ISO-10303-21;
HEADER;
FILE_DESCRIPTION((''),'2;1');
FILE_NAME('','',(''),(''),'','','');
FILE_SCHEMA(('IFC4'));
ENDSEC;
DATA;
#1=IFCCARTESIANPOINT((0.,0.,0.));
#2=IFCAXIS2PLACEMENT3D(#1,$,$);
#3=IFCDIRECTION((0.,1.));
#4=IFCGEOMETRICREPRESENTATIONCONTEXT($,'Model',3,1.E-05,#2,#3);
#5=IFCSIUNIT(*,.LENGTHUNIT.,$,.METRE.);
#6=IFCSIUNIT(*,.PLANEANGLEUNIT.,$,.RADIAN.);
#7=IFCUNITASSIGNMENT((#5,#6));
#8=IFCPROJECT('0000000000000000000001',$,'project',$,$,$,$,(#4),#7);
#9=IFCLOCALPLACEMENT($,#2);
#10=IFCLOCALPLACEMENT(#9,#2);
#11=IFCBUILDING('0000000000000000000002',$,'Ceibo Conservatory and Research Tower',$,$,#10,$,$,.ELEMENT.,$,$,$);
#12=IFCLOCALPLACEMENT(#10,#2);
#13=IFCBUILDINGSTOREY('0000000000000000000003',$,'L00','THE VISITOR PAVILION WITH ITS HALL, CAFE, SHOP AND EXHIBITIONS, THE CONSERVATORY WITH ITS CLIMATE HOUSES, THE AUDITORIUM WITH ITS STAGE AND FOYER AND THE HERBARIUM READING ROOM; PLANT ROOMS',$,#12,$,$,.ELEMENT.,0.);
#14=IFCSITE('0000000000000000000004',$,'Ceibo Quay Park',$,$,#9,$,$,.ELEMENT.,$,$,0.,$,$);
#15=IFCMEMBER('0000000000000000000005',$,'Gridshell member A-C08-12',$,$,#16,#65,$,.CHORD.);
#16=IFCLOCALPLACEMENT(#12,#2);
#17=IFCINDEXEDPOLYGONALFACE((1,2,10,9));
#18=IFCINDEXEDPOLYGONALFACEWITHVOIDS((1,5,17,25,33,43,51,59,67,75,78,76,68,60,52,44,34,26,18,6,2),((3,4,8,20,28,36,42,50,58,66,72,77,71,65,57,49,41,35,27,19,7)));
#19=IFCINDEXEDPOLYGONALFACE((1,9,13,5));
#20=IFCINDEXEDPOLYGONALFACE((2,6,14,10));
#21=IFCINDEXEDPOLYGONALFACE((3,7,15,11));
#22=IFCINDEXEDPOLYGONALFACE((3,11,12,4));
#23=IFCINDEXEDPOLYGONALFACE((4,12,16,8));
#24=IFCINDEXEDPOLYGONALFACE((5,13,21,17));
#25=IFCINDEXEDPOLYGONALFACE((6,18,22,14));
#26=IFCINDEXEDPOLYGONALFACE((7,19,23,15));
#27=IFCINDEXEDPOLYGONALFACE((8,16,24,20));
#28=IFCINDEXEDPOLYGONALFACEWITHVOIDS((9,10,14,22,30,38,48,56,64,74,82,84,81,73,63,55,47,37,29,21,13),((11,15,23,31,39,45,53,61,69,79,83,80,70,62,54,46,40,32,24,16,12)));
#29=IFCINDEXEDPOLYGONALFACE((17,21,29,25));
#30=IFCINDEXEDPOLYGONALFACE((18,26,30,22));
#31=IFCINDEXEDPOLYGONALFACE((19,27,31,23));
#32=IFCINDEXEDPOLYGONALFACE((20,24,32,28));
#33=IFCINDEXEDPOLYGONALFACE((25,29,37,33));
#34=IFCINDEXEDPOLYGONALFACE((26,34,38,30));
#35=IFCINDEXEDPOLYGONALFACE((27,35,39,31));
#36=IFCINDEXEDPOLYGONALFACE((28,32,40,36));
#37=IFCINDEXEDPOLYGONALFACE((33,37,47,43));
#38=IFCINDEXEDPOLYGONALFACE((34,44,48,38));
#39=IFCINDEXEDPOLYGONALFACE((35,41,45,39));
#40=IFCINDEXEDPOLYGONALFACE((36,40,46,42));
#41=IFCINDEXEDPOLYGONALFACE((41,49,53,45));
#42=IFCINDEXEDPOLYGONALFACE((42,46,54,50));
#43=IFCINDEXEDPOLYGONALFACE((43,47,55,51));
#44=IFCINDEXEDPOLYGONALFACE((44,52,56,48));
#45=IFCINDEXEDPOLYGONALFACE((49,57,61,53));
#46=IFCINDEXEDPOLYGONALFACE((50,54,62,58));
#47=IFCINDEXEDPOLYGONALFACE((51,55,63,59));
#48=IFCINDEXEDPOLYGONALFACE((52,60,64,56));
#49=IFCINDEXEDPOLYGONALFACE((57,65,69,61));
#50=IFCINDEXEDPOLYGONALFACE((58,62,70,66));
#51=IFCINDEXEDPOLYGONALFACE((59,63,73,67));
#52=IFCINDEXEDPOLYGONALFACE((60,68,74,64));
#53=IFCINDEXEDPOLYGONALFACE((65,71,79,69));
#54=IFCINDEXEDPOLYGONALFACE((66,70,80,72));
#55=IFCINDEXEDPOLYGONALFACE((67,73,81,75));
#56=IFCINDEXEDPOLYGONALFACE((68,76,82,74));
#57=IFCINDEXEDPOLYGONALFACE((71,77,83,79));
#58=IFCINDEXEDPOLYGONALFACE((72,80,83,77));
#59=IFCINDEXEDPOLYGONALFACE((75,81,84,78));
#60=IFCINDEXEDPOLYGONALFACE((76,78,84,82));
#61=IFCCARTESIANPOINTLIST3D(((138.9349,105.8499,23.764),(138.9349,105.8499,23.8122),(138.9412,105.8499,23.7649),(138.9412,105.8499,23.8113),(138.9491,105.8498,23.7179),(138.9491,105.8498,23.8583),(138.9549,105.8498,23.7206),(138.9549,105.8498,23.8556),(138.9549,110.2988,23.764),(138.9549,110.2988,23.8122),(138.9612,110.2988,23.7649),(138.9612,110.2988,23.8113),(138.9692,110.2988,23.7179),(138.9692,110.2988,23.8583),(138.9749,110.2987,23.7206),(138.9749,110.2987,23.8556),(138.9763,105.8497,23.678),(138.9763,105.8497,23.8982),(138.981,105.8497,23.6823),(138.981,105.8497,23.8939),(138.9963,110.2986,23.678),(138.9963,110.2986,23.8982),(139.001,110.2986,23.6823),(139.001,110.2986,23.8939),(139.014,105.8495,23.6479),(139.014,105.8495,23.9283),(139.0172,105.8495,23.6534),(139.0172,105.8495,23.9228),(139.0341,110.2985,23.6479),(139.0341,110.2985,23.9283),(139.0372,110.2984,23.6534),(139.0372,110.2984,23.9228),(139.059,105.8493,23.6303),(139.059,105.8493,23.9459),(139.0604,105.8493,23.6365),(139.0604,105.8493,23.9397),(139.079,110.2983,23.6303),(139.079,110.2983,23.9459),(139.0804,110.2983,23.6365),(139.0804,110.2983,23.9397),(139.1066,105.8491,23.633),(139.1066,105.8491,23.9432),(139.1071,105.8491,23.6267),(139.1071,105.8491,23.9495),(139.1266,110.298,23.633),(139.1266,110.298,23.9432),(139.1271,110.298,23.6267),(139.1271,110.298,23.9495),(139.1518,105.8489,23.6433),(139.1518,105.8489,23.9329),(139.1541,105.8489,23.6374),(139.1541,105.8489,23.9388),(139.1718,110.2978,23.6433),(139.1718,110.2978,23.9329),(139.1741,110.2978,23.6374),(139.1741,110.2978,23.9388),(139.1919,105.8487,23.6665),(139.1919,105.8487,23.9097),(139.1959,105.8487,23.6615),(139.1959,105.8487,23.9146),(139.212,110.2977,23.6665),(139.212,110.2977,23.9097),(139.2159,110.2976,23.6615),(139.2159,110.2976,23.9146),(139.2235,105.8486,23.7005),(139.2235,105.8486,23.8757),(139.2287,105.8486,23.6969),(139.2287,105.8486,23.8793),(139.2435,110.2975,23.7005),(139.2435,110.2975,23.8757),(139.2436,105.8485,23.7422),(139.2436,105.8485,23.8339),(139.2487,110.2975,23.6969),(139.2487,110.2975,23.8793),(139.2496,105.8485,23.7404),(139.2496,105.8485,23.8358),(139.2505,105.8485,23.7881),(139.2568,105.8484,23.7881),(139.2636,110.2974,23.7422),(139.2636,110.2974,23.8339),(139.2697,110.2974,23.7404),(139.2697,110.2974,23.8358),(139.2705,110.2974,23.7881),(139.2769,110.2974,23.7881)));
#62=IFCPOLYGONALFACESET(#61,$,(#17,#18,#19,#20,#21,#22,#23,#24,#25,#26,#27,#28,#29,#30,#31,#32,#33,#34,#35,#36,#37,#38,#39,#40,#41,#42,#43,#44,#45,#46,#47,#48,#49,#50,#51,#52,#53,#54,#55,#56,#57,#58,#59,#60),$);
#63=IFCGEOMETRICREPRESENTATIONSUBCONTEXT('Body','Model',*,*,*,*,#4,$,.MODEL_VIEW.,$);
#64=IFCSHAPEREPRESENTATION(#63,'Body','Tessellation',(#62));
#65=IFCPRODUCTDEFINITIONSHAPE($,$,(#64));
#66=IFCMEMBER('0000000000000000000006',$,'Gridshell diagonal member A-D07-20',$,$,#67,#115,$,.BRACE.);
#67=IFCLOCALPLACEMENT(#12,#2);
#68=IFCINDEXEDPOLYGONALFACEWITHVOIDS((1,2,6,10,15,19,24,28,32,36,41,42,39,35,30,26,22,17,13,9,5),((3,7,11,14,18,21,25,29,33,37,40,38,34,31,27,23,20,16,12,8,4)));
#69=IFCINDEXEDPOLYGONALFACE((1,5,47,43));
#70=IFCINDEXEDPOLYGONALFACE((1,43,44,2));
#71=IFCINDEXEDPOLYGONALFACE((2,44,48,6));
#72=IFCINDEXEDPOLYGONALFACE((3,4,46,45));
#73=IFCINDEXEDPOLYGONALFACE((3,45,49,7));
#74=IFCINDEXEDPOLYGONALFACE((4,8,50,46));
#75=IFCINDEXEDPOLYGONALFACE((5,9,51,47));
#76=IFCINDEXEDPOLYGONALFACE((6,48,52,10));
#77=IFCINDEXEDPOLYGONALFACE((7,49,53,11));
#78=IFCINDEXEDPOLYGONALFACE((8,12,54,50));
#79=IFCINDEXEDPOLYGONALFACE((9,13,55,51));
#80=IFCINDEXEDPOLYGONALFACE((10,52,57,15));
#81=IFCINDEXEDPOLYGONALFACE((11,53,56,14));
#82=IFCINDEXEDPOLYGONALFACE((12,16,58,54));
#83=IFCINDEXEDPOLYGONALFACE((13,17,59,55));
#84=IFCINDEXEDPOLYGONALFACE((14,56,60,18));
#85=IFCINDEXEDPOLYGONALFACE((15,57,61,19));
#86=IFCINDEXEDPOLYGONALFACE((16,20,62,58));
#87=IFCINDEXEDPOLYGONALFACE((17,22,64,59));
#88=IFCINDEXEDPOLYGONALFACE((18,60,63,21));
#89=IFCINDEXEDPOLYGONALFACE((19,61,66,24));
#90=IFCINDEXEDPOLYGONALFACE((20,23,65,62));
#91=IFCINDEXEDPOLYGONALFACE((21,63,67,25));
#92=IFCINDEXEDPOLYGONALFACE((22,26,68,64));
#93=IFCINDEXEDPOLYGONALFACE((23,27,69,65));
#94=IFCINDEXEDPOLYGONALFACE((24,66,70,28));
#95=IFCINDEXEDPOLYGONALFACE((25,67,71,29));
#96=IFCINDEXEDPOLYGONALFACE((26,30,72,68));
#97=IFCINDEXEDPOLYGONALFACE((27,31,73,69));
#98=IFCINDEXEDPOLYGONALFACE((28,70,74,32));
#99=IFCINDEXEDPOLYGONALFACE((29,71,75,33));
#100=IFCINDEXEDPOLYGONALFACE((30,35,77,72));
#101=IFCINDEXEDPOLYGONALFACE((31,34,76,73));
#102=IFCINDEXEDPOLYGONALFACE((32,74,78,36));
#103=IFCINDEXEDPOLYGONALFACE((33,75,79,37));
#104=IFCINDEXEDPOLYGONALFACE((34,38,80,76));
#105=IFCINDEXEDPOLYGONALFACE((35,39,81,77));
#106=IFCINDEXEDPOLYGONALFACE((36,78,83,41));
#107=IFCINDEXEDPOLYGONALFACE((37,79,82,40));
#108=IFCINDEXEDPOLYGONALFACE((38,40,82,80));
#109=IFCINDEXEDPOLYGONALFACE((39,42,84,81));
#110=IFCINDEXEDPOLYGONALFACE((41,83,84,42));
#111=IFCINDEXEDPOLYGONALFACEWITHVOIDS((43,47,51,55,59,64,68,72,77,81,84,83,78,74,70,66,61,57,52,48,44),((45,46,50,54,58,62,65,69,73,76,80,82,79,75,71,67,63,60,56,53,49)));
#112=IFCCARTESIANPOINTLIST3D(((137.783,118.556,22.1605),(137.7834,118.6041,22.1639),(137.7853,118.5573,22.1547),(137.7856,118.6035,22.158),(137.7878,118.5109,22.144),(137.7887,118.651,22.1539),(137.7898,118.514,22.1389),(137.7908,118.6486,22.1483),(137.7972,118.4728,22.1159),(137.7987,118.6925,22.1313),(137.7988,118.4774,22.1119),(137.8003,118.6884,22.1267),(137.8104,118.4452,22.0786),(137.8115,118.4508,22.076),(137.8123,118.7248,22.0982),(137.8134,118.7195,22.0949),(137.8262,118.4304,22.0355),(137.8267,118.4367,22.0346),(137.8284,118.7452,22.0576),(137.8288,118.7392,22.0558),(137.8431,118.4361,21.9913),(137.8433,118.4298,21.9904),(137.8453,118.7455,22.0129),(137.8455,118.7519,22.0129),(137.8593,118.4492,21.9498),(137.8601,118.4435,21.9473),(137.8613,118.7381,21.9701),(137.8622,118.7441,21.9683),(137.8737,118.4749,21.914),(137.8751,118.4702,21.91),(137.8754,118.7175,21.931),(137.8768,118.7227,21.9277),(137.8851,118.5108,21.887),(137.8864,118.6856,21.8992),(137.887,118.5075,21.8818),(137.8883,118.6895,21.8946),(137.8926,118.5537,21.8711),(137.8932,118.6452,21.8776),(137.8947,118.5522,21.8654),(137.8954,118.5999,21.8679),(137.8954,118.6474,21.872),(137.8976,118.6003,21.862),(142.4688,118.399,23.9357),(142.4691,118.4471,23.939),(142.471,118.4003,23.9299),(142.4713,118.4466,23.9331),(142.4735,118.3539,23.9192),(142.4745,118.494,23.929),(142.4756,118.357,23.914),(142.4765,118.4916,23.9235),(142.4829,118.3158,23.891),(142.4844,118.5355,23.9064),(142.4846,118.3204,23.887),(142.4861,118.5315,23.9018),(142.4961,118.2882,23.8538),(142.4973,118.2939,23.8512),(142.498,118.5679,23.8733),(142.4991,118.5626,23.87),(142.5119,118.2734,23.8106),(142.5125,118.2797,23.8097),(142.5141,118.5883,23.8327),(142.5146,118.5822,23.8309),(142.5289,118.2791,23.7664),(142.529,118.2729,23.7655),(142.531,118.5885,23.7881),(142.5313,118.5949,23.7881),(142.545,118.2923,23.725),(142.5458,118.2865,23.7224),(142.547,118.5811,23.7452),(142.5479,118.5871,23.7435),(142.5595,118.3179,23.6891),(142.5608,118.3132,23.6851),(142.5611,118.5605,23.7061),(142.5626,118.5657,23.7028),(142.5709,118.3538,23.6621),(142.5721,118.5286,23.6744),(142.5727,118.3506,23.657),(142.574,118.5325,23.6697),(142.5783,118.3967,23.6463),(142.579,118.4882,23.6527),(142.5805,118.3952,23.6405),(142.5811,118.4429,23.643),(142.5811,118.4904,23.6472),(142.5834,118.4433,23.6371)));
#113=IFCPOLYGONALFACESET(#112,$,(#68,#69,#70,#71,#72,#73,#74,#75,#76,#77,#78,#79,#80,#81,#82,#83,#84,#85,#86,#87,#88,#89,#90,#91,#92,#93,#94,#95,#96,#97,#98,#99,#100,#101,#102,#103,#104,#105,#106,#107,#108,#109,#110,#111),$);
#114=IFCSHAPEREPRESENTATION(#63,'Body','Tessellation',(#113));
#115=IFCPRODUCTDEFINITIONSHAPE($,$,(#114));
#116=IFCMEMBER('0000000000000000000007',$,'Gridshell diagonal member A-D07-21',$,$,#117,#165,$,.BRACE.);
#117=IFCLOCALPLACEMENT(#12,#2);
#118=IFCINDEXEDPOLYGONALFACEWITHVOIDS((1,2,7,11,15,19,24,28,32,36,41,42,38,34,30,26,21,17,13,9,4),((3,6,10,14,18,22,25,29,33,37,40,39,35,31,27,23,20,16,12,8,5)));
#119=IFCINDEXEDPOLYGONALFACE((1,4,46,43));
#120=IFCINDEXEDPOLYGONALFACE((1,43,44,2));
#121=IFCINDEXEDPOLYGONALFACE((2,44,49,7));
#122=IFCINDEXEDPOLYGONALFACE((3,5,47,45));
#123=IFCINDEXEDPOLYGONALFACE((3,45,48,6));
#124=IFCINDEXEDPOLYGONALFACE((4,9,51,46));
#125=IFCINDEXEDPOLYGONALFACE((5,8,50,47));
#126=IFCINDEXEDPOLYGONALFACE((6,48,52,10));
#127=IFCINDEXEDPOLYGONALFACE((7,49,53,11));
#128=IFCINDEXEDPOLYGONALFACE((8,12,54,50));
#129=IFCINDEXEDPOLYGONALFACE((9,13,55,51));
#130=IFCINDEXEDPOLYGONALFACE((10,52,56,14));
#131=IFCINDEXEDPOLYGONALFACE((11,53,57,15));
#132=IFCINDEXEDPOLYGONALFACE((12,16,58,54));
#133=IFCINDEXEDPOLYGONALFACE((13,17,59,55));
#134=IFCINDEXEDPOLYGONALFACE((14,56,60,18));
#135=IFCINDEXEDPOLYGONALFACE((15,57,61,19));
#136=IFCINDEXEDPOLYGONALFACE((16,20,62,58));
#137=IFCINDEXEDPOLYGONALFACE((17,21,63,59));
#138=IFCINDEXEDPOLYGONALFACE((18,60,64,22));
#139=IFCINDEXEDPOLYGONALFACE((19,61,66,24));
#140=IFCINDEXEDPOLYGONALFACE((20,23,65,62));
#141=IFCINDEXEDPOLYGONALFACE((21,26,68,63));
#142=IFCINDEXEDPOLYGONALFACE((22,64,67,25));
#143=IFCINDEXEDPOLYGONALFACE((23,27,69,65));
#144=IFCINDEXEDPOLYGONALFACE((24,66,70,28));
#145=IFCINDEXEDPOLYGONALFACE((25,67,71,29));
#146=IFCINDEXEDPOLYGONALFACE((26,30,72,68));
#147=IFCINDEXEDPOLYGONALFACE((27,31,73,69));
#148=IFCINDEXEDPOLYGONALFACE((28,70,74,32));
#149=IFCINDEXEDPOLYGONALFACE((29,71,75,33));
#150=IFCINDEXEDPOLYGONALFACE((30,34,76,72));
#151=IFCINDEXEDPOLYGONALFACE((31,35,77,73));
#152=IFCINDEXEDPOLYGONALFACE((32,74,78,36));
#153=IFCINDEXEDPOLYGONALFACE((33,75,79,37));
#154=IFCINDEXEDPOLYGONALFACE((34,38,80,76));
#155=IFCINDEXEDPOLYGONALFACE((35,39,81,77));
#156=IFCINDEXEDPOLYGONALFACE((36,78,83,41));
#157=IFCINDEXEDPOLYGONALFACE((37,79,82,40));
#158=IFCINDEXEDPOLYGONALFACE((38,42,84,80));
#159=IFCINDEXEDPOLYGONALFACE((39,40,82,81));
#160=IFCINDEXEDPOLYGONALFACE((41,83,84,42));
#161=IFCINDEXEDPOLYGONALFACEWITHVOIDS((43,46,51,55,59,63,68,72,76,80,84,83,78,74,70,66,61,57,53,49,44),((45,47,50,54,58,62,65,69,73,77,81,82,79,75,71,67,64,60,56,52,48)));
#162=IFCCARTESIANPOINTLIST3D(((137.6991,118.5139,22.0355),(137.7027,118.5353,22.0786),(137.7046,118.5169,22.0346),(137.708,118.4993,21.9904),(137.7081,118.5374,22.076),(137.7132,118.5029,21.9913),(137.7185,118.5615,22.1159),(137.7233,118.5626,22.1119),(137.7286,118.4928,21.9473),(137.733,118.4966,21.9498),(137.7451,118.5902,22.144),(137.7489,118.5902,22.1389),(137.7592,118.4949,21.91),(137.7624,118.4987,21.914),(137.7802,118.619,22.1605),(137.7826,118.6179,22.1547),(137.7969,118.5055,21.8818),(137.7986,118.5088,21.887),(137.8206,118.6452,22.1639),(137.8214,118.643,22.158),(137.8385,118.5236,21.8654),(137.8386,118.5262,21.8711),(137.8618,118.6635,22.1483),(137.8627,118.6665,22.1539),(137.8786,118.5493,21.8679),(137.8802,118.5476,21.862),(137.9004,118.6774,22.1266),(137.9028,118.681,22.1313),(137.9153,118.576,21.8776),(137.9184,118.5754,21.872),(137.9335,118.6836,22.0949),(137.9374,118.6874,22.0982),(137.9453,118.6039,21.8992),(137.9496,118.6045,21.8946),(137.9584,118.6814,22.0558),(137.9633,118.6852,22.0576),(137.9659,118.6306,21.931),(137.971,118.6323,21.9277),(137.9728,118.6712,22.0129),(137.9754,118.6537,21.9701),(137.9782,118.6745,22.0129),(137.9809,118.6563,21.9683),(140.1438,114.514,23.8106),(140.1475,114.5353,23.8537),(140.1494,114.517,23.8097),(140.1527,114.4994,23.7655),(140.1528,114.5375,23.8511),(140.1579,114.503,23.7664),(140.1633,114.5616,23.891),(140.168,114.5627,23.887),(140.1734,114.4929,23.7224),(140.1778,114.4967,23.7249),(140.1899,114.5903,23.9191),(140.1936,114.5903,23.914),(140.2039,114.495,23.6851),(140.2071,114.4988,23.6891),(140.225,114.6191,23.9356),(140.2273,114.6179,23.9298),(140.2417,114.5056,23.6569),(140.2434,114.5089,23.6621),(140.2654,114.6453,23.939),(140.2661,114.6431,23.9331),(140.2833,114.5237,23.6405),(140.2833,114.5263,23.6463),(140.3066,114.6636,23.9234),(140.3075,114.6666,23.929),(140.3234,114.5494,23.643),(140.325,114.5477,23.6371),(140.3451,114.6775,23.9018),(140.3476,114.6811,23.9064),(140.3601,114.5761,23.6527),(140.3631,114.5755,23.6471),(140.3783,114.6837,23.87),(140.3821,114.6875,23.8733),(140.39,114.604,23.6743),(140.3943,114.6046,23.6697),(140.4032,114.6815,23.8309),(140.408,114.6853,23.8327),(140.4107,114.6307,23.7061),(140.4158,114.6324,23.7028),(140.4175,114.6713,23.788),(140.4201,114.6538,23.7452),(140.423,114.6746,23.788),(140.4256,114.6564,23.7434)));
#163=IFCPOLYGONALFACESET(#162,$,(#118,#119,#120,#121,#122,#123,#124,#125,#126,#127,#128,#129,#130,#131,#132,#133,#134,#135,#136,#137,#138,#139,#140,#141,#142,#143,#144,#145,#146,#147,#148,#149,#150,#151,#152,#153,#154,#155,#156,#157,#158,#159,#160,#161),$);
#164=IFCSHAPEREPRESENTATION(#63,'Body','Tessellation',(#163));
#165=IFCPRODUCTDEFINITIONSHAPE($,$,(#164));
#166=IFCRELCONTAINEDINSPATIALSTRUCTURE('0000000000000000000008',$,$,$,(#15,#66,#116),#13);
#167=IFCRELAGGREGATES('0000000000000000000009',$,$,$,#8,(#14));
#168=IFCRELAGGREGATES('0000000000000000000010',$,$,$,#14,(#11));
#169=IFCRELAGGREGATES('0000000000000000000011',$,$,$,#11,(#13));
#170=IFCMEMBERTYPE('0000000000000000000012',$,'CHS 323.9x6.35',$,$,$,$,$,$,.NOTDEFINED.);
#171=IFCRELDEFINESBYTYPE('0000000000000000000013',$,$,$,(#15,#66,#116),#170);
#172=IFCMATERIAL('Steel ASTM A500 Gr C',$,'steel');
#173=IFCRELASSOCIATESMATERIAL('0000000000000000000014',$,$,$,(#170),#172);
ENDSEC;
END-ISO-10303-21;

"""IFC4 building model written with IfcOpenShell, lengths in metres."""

from ifc_helpers import new_model, si_unit, direction, frame, origin, origin_2d, place, context, subcontext, project, spatial, hollow_circle, extrude, material, material_profile, profile_set, type_object, element, save


model = new_model("IFC4")

# Units and contexts
model_context = context("Model", 3, precision=1e-05, world=origin(), true_north=direction((0.0, 1.0)))
body_context = subcontext(model_context, "Body", "Model", "MODEL_VIEW")
ifc_project = project(units=[si_unit("LENGTHUNIT", "METRE"), si_unit("PLANEANGLEUNIT", "RADIAN")], contexts=[model_context])

# Site, building, storey
site_placement = place(None, origin())
site = spatial("IfcSite", under=ifc_project, at=site_placement, Name="Ceibo Quay Park", CompositionType="ELEMENT", RefElevation=0.0)
building_placement = place(site_placement, origin())
building = spatial("IfcBuilding", under=site, at=building_placement, Name="Ceibo Conservatory and Research Tower", CompositionType="ELEMENT")
storey_placement = place(building_placement, origin())
storey = spatial("IfcBuildingStorey", under=building, at=storey_placement, Name="L00", Description="THE VISITOR PAVILION WITH ITS HALL, CAFE, SHOP AND EXHIBITIONS, THE CONSERVATORY WITH ITS CLIMATE HOUSES, THE AUDITORIUM WITH ITS STAGE AND FOYER AND THE HERBARIUM READING ROOM; PLANT ROOMS", CompositionType="ELEMENT", Elevation=0.0)

# Members
ifc_material_1 = material(Name="Steel ASTM A500 Gr C", Category="steel")
ifc_material_profile_1 = material_profile(ifc_material_1, hollow_circle(Radius=0.1619, WallThickness=0.0063, at=origin_2d()), Name="CHS 323.9x6.35")
ifc_profile_set_1 = profile_set([ifc_material_profile_1], Name="Steel ASTM A500 Gr C")
member_type_1 = type_object("IfcMemberType", Name="CHS 323.9x6.35", PredefinedType="NOTDEFINED", material=ifc_profile_set_1)
member_1_placement = place(storey_placement, frame((139.115, 110.2981, 23.7881), z_axis=(-0.0045, -0.99999, 0.0), x_axis=(0.99999, -0.0045, 0.0)))
element("IfcMember", 1, at=member_1_placement, inside=storey, type_object=member_type_1, Name="Gridshell member A-C08-12", PredefinedType="CHORD", context=body_context, shape_type="SweptSolid", body=[
    extrude(hollow_circle(Radius=0.1619, WallThickness=0.0063, at=origin_2d()), origin(), (0.0, 0.0, 1.0), 4.449),
])
member_2_placement = place(storey_placement, frame((137.8401, 118.5901, 22.0129), z_axis=(0.934686, -0.031314, 0.354093), x_axis=(0.033483, 0.999439, 0.0)))
element("IfcMember", 2, at=member_2_placement, inside=storey, type_object=member_type_1, Name="Gridshell diagonal member A-D07-20", PredefinedType="BRACE", context=body_context, shape_type="SweptSolid", body=[
    extrude(hollow_circle(Radius=0.1619, WallThickness=0.0063, at=origin_2d()), origin(), (0.0, 0.0, 1.0), 5.0132),
])
member_3_placement = place(storey_placement, frame((137.8401, 118.5901, 22.0129), z_axis=(0.487715, -0.797955, 0.354122), x_axis=(0.853246, 0.521509, 0.0)))
element("IfcMember", 3, at=member_3_placement, inside=storey, type_object=member_type_1, Name="Gridshell diagonal member A-D07-21", PredefinedType="BRACE", context=body_context, shape_type="SweptSolid", body=[
    extrude(hollow_circle(Radius=0.1619, WallThickness=0.0063, at=origin_2d()), origin(), (0.0, 0.0, 1.0), 5.0127),
])

save(model, "model.ifc")
